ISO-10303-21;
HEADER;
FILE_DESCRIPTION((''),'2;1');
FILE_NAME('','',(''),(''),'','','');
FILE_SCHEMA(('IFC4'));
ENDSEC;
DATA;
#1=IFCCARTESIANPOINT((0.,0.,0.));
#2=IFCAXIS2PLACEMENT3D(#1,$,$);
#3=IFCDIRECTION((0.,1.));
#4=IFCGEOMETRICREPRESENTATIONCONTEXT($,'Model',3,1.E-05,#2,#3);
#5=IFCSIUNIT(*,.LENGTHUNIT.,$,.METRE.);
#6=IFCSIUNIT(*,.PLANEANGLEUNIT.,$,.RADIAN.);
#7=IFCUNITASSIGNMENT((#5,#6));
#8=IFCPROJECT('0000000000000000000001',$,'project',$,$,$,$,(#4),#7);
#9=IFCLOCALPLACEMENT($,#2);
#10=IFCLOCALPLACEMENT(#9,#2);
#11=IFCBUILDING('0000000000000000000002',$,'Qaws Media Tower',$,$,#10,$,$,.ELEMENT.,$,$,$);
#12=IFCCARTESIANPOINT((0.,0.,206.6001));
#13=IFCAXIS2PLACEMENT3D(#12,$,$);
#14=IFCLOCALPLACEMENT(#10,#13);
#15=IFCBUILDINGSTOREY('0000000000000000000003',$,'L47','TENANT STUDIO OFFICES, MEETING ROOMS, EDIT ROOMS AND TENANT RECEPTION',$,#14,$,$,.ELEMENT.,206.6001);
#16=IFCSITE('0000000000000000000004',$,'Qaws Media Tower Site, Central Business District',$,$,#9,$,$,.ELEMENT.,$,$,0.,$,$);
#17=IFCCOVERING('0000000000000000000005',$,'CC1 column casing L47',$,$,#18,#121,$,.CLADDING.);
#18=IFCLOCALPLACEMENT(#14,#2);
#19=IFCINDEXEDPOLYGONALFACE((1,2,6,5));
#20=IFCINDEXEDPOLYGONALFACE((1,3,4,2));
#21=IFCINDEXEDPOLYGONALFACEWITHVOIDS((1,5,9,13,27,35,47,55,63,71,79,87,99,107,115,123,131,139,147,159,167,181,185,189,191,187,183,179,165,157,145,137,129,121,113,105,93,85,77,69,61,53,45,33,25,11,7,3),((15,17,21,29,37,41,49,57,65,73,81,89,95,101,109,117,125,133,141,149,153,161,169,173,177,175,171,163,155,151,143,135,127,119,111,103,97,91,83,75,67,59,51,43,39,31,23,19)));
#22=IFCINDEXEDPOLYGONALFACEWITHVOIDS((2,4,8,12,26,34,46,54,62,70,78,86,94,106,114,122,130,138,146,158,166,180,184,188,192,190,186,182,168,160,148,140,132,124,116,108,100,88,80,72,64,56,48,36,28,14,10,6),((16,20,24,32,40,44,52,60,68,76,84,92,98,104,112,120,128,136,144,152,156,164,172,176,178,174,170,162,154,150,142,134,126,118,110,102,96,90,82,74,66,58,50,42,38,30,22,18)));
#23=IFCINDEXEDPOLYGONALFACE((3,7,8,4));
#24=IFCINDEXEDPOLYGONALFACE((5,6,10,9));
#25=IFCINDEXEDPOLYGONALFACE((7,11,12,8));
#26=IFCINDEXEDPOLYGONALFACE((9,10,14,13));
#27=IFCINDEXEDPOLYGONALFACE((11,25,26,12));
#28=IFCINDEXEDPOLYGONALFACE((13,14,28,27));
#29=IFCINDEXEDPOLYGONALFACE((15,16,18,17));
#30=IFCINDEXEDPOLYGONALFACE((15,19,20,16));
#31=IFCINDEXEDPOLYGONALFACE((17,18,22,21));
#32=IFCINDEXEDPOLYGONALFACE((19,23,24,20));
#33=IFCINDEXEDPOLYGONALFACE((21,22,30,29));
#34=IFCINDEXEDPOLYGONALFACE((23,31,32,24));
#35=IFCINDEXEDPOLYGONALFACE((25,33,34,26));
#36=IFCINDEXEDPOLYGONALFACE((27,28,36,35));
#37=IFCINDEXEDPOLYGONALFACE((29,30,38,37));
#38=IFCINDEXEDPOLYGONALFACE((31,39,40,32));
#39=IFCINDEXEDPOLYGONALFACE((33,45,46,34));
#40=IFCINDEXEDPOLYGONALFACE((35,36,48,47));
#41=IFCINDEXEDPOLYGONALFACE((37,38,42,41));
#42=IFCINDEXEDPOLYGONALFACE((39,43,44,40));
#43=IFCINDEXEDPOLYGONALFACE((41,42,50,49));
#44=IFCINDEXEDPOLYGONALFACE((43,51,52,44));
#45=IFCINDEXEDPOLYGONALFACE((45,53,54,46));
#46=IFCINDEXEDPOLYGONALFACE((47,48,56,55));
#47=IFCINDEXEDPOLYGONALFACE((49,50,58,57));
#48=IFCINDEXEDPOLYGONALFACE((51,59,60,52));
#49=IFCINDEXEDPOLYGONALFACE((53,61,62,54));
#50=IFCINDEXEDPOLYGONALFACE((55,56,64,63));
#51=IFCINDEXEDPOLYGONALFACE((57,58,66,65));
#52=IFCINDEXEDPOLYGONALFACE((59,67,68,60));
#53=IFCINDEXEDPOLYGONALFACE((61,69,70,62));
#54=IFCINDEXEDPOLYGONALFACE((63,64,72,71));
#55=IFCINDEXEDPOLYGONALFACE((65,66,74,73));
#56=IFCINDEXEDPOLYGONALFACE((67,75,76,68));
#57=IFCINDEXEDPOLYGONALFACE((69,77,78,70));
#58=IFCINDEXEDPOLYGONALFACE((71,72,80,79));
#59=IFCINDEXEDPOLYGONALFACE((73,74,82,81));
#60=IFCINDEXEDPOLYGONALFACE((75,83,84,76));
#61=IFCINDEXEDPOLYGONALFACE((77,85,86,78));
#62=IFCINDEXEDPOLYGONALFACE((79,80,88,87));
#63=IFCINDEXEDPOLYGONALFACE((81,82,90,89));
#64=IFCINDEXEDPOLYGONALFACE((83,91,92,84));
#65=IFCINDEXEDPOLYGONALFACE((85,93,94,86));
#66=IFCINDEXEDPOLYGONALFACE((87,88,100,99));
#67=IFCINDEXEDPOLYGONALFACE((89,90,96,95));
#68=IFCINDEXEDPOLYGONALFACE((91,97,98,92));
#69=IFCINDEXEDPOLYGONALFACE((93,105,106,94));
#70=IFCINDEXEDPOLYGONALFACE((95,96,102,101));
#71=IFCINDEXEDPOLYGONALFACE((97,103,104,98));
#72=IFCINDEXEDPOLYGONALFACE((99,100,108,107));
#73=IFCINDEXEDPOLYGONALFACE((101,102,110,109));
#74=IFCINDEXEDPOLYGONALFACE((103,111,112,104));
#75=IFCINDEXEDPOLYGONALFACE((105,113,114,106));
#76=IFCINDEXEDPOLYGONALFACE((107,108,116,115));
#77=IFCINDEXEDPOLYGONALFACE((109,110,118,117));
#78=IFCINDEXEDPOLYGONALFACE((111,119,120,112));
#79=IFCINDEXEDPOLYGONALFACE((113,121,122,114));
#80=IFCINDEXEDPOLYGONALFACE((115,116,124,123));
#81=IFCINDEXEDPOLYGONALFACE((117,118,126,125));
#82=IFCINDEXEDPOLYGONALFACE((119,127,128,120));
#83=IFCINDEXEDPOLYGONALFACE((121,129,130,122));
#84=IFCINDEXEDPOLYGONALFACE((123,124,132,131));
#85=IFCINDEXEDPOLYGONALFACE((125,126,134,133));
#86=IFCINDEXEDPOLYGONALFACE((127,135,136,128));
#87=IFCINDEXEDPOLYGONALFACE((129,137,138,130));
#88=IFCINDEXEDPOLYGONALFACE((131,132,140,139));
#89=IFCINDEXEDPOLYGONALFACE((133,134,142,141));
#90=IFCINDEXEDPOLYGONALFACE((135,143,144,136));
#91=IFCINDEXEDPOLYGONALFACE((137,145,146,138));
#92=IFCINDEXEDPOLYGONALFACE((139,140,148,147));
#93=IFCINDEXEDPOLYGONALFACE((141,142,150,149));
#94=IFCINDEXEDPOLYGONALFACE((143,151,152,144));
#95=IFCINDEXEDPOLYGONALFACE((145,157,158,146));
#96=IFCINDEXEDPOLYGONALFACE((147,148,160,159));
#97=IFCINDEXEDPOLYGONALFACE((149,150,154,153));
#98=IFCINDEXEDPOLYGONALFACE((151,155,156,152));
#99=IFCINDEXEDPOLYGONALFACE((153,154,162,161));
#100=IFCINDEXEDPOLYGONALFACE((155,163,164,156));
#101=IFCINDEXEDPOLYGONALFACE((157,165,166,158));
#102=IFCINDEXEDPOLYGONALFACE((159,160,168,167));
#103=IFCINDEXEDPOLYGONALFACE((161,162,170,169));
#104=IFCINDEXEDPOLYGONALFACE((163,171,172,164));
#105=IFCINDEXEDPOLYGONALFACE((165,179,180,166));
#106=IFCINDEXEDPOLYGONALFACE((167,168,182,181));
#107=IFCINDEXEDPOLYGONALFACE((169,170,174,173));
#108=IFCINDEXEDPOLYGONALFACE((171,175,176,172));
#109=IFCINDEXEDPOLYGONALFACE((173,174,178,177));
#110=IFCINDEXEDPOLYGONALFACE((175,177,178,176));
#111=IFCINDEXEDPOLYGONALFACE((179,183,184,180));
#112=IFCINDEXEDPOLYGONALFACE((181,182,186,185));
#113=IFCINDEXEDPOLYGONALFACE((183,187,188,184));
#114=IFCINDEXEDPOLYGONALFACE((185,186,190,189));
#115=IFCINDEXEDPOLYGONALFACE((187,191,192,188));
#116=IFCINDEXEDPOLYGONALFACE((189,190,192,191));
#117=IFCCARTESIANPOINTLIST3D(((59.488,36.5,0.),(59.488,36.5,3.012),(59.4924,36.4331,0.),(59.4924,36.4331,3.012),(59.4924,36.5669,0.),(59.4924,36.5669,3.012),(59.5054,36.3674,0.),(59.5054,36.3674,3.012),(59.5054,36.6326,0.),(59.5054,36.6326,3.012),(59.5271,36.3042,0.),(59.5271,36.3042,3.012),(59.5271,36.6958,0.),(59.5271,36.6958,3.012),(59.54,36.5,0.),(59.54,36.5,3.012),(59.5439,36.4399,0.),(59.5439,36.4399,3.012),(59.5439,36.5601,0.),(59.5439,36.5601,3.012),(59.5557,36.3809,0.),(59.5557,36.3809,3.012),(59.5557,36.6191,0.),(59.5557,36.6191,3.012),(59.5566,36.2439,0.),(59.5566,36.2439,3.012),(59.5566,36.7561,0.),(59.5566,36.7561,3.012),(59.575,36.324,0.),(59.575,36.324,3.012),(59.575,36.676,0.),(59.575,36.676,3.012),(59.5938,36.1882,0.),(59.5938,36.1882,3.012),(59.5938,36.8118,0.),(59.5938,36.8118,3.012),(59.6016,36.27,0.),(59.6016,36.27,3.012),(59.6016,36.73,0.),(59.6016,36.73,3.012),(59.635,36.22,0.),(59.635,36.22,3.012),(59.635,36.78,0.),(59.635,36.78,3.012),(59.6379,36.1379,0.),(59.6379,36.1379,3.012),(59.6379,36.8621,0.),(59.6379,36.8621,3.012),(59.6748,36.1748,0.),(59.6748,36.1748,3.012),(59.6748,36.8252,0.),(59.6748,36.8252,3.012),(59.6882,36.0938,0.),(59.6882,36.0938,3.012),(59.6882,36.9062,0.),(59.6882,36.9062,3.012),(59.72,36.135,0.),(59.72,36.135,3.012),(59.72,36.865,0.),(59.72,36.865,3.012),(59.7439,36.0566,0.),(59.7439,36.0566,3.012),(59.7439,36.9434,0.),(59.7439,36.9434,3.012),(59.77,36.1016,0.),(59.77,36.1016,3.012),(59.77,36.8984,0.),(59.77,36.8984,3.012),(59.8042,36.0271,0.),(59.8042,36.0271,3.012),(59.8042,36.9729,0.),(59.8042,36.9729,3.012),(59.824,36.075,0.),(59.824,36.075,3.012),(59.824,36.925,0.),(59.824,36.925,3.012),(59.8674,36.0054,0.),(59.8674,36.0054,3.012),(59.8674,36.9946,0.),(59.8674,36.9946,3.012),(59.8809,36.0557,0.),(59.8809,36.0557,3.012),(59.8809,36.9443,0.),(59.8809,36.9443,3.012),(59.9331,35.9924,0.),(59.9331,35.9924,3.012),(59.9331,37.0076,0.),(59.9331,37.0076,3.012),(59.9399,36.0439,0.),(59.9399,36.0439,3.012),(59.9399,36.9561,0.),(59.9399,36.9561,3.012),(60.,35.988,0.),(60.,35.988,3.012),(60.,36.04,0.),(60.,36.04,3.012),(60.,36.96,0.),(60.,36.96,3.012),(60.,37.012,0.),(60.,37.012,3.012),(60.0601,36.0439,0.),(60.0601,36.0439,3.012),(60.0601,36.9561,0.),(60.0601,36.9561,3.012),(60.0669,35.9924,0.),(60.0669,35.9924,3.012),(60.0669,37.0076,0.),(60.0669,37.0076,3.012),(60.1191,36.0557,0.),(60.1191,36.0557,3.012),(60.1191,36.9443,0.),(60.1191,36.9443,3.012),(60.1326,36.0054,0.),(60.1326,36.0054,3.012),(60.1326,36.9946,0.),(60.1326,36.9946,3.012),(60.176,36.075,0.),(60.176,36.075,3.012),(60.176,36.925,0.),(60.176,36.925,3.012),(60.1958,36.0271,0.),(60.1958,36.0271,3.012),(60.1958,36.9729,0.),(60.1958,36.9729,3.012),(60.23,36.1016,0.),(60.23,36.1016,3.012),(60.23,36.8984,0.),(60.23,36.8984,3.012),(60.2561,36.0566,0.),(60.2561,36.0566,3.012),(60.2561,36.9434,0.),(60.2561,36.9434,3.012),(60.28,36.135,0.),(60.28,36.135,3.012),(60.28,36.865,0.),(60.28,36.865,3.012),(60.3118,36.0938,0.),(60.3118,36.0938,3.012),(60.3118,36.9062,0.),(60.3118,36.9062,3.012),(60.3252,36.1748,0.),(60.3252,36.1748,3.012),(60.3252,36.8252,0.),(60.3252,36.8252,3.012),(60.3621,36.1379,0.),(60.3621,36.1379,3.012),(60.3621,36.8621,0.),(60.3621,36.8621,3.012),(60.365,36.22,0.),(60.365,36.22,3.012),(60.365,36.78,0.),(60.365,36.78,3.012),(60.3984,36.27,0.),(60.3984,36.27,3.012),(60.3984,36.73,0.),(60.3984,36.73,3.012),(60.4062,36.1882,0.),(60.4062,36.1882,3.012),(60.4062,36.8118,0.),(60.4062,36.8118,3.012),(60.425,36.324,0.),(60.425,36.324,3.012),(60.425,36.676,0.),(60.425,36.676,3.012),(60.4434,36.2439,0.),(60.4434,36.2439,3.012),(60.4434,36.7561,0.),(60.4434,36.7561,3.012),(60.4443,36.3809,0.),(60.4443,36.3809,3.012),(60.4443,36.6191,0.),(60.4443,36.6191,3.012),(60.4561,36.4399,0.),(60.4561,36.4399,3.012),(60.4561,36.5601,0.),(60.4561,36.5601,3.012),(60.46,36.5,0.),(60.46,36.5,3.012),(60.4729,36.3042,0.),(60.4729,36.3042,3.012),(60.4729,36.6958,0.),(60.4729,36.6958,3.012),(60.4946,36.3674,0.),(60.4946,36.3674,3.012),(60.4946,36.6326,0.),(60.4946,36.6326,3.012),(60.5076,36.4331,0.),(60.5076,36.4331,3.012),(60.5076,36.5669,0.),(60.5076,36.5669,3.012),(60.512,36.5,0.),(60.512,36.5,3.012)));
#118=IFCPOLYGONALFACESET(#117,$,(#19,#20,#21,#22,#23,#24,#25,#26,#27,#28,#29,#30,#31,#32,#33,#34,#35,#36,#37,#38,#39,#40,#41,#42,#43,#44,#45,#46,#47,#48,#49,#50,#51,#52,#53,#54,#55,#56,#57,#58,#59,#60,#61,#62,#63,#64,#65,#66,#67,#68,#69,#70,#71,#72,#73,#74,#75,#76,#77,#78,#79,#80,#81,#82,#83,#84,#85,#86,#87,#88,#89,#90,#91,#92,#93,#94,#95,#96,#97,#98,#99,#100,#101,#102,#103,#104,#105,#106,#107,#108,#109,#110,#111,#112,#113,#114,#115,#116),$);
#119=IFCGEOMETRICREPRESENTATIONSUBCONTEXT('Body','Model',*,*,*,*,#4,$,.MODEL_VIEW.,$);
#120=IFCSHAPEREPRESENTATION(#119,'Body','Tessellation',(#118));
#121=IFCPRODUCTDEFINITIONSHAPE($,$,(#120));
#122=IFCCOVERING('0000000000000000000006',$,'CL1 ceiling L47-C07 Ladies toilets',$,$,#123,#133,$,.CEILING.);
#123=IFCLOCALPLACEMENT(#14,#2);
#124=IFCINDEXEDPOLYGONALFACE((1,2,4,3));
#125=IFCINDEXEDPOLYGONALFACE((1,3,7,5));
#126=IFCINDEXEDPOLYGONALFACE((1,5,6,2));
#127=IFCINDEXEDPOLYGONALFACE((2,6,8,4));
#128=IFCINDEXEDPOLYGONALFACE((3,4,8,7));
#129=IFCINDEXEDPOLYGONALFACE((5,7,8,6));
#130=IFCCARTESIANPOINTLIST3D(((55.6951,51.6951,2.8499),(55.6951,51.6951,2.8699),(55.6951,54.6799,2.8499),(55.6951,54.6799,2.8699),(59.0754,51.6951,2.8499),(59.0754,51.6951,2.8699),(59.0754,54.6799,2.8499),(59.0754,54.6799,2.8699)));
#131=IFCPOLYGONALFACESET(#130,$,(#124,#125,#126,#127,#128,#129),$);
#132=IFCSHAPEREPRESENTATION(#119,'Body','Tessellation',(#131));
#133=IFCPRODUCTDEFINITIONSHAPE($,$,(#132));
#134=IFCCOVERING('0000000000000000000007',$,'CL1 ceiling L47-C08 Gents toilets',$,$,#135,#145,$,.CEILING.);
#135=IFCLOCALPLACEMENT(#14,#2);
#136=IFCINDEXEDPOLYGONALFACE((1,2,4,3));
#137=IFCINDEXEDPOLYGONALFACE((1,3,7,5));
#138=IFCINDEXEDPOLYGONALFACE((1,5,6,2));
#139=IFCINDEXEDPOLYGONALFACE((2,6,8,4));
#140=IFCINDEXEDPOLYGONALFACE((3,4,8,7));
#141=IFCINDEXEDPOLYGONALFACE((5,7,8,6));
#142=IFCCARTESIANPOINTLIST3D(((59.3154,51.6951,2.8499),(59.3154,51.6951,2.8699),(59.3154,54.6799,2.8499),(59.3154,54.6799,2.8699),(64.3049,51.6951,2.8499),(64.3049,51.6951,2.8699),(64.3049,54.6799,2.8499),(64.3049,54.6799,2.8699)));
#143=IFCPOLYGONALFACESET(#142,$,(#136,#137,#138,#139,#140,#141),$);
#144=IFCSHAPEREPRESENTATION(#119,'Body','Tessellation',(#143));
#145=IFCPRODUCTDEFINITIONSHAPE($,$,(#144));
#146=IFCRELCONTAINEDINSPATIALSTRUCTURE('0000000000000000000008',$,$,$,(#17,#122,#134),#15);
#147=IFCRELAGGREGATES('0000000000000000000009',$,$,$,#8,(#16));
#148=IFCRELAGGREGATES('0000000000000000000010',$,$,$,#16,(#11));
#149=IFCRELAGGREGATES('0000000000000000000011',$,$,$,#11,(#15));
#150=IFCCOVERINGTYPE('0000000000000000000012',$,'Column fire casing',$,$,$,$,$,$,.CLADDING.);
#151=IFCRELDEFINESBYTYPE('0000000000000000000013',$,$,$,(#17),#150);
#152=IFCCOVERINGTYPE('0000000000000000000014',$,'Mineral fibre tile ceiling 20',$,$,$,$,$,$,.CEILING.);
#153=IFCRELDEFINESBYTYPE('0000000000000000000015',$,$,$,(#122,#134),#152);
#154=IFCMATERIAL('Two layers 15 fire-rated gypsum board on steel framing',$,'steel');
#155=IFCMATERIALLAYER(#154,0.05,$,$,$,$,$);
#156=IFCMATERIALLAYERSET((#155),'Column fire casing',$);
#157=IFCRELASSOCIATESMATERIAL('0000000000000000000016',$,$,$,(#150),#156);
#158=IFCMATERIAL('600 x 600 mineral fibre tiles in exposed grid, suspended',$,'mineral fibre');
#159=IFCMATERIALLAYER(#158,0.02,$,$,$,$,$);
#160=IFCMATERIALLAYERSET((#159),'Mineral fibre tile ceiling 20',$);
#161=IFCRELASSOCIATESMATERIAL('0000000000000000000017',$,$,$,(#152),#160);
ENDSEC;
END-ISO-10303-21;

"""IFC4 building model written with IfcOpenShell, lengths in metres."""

from ifc_helpers import new_model, si_unit, direction, frame, origin, place, context, subcontext, project, spatial, polyline, outline, extrude, material, layer, layer_set, type_object, element, save


model = new_model("IFC4")

# Units and contexts
model_context = context("Model", 3, precision=1e-05, world=origin(), true_north=direction((0.0, 1.0)))
body_context = subcontext(model_context, "Body", "Model", "MODEL_VIEW")
ifc_project = project(units=[si_unit("LENGTHUNIT", "METRE"), si_unit("PLANEANGLEUNIT", "RADIAN")], contexts=[model_context])

# Site, building, storey
site_placement = place(None, origin())
site = spatial("IfcSite", under=ifc_project, at=site_placement, Name="Qaws Media Tower Site, Central Business District", CompositionType="ELEMENT", RefElevation=0.0)
building_placement = place(site_placement, origin())
building = spatial("IfcBuilding", under=site, at=building_placement, Name="Qaws Media Tower", CompositionType="ELEMENT")
storey_placement = place(building_placement, frame((0.0, 0.0, 206.6001)))
storey = spatial("IfcBuildingStorey", under=building, at=storey_placement, Name="L47", Description="TENANT STUDIO OFFICES, MEETING ROOMS, EDIT ROOMS AND TENANT RECEPTION", CompositionType="ELEMENT", Elevation=206.6001)

# Coverings
ifc_material_1 = material(Name="Two layers 15 fire-rated gypsum board on steel framing", Category="steel")
ifc_layer_1 = layer(ifc_material_1, 0.05)
ifc_layer_set_1 = layer_set([ifc_layer_1], Name="Column fire casing")
covering_type_1 = type_object("IfcCoveringType", Name="Column fire casing", PredefinedType="CLADDING", material=ifc_layer_set_1)
covering_1_placement = place(storey_placement, origin())
element("IfcCovering", 1, at=covering_1_placement, inside=storey, type_object=covering_type_1, Name="CC1 column casing L47", PredefinedType="CLADDING", context=body_context, shape_type="SweptSolid", body=[
    extrude(outline(polyline([(60.512, 36.5), (60.5076, 36.4331), (60.4946, 36.3674), (60.4729, 36.3042), (60.4434, 36.2439), (60.4062, 36.1882), (60.3621, 36.1379), (60.3118, 36.0938), (60.2561, 36.0566), (60.1958, 36.0271), (60.1326, 36.0054), (60.0669, 35.9924), (60.0, 35.988), (59.9331, 35.9924), (59.8674, 36.0054), (59.8042, 36.0271), (59.7439, 36.0566), (59.6882, 36.0938), (59.6379, 36.1379), (59.5938, 36.1882), (59.5566, 36.2439), (59.5271, 36.3042), (59.5054, 36.3674), (59.4924, 36.4331), (59.488, 36.5), (59.4924, 36.5669), (59.5054, 36.6326), (59.5271, 36.6958), (59.5566, 36.7561), (59.5938, 36.8118), (59.6379, 36.8621), (59.6882, 36.9062), (59.7439, 36.9434), (59.8042, 36.9729), (59.8674, 36.9946), (59.9331, 37.0076), (60.0, 37.012), (60.0669, 37.0076), (60.1326, 36.9946), (60.1958, 36.9729), (60.2561, 36.9434), (60.3118, 36.9062), (60.3621, 36.8621), (60.4062, 36.8118), (60.4434, 36.7561), (60.4729, 36.6958), (60.4946, 36.6326), (60.5076, 36.5669), (60.512, 36.5)]), holes=[polyline([(60.46, 36.5), (60.4561, 36.4399), (60.4443, 36.3809), (60.425, 36.324), (60.3984, 36.27), (60.365, 36.22), (60.3252, 36.1748), (60.28, 36.135), (60.23, 36.1016), (60.176, 36.075), (60.1191, 36.0557), (60.0601, 36.0439), (60.0, 36.04), (59.9399, 36.0439), (59.8809, 36.0557), (59.824, 36.075), (59.77, 36.1016), (59.72, 36.135), (59.6748, 36.1748), (59.635, 36.22), (59.6016, 36.27), (59.575, 36.324), (59.5557, 36.3809), (59.5439, 36.4399), (59.54, 36.5), (59.5439, 36.5601), (59.5557, 36.6191), (59.575, 36.676), (59.6016, 36.73), (59.635, 36.78), (59.6748, 36.8252), (59.72, 36.865), (59.77, 36.8984), (59.824, 36.925), (59.8809, 36.9443), (59.9399, 36.9561), (60.0, 36.96), (60.0601, 36.9561), (60.1191, 36.9443), (60.176, 36.925), (60.23, 36.8984), (60.28, 36.865), (60.3252, 36.8252), (60.365, 36.78), (60.3984, 36.73), (60.425, 36.676), (60.4443, 36.6191), (60.4561, 36.5601), (60.46, 36.5)])]), origin(), (0.0, 0.0, 1.0), 3.012),
])
ifc_material_2 = material(Name="600 x 600 mineral fibre tiles in exposed grid, suspended", Category="mineral fibre")
ifc_layer_2 = layer(ifc_material_2, 0.02)
ifc_layer_set_2 = layer_set([ifc_layer_2], Name="Mineral fibre tile ceiling 20")
covering_type_2 = type_object("IfcCoveringType", Name="Mineral fibre tile ceiling 20", PredefinedType="CEILING", material=ifc_layer_set_2)
covering_2_placement = place(storey_placement, frame((0.0, 0.0, 2.8499)))
element("IfcCovering", 2, at=covering_2_placement, inside=storey, type_object=covering_type_2, Name="CL1 ceiling L47-C07 Ladies toilets", PredefinedType="CEILING", context=body_context, shape_type="SweptSolid", body=[
    extrude(outline(polyline([(55.6951, 51.6951), (55.6951, 54.6799), (59.0754, 54.6799), (59.0754, 51.6951), (55.6951, 51.6951)])), origin(), (0.0, 0.0, 1.0), 0.02),
])
covering_3_placement = place(storey_placement, frame((0.0, 0.0, 2.8499)))
element("IfcCovering", 3, at=covering_3_placement, inside=storey, type_object=covering_type_2, Name="CL1 ceiling L47-C08 Gents toilets", PredefinedType="CEILING", context=body_context, shape_type="SweptSolid", body=[
    extrude(outline(polyline([(59.3154, 51.6951), (59.3154, 54.6799), (64.3049, 54.6799), (64.3049, 51.6951), (59.3154, 51.6951)])), origin(), (0.0, 0.0, 1.0), 0.02),
])

save(model, "model.ifc")
